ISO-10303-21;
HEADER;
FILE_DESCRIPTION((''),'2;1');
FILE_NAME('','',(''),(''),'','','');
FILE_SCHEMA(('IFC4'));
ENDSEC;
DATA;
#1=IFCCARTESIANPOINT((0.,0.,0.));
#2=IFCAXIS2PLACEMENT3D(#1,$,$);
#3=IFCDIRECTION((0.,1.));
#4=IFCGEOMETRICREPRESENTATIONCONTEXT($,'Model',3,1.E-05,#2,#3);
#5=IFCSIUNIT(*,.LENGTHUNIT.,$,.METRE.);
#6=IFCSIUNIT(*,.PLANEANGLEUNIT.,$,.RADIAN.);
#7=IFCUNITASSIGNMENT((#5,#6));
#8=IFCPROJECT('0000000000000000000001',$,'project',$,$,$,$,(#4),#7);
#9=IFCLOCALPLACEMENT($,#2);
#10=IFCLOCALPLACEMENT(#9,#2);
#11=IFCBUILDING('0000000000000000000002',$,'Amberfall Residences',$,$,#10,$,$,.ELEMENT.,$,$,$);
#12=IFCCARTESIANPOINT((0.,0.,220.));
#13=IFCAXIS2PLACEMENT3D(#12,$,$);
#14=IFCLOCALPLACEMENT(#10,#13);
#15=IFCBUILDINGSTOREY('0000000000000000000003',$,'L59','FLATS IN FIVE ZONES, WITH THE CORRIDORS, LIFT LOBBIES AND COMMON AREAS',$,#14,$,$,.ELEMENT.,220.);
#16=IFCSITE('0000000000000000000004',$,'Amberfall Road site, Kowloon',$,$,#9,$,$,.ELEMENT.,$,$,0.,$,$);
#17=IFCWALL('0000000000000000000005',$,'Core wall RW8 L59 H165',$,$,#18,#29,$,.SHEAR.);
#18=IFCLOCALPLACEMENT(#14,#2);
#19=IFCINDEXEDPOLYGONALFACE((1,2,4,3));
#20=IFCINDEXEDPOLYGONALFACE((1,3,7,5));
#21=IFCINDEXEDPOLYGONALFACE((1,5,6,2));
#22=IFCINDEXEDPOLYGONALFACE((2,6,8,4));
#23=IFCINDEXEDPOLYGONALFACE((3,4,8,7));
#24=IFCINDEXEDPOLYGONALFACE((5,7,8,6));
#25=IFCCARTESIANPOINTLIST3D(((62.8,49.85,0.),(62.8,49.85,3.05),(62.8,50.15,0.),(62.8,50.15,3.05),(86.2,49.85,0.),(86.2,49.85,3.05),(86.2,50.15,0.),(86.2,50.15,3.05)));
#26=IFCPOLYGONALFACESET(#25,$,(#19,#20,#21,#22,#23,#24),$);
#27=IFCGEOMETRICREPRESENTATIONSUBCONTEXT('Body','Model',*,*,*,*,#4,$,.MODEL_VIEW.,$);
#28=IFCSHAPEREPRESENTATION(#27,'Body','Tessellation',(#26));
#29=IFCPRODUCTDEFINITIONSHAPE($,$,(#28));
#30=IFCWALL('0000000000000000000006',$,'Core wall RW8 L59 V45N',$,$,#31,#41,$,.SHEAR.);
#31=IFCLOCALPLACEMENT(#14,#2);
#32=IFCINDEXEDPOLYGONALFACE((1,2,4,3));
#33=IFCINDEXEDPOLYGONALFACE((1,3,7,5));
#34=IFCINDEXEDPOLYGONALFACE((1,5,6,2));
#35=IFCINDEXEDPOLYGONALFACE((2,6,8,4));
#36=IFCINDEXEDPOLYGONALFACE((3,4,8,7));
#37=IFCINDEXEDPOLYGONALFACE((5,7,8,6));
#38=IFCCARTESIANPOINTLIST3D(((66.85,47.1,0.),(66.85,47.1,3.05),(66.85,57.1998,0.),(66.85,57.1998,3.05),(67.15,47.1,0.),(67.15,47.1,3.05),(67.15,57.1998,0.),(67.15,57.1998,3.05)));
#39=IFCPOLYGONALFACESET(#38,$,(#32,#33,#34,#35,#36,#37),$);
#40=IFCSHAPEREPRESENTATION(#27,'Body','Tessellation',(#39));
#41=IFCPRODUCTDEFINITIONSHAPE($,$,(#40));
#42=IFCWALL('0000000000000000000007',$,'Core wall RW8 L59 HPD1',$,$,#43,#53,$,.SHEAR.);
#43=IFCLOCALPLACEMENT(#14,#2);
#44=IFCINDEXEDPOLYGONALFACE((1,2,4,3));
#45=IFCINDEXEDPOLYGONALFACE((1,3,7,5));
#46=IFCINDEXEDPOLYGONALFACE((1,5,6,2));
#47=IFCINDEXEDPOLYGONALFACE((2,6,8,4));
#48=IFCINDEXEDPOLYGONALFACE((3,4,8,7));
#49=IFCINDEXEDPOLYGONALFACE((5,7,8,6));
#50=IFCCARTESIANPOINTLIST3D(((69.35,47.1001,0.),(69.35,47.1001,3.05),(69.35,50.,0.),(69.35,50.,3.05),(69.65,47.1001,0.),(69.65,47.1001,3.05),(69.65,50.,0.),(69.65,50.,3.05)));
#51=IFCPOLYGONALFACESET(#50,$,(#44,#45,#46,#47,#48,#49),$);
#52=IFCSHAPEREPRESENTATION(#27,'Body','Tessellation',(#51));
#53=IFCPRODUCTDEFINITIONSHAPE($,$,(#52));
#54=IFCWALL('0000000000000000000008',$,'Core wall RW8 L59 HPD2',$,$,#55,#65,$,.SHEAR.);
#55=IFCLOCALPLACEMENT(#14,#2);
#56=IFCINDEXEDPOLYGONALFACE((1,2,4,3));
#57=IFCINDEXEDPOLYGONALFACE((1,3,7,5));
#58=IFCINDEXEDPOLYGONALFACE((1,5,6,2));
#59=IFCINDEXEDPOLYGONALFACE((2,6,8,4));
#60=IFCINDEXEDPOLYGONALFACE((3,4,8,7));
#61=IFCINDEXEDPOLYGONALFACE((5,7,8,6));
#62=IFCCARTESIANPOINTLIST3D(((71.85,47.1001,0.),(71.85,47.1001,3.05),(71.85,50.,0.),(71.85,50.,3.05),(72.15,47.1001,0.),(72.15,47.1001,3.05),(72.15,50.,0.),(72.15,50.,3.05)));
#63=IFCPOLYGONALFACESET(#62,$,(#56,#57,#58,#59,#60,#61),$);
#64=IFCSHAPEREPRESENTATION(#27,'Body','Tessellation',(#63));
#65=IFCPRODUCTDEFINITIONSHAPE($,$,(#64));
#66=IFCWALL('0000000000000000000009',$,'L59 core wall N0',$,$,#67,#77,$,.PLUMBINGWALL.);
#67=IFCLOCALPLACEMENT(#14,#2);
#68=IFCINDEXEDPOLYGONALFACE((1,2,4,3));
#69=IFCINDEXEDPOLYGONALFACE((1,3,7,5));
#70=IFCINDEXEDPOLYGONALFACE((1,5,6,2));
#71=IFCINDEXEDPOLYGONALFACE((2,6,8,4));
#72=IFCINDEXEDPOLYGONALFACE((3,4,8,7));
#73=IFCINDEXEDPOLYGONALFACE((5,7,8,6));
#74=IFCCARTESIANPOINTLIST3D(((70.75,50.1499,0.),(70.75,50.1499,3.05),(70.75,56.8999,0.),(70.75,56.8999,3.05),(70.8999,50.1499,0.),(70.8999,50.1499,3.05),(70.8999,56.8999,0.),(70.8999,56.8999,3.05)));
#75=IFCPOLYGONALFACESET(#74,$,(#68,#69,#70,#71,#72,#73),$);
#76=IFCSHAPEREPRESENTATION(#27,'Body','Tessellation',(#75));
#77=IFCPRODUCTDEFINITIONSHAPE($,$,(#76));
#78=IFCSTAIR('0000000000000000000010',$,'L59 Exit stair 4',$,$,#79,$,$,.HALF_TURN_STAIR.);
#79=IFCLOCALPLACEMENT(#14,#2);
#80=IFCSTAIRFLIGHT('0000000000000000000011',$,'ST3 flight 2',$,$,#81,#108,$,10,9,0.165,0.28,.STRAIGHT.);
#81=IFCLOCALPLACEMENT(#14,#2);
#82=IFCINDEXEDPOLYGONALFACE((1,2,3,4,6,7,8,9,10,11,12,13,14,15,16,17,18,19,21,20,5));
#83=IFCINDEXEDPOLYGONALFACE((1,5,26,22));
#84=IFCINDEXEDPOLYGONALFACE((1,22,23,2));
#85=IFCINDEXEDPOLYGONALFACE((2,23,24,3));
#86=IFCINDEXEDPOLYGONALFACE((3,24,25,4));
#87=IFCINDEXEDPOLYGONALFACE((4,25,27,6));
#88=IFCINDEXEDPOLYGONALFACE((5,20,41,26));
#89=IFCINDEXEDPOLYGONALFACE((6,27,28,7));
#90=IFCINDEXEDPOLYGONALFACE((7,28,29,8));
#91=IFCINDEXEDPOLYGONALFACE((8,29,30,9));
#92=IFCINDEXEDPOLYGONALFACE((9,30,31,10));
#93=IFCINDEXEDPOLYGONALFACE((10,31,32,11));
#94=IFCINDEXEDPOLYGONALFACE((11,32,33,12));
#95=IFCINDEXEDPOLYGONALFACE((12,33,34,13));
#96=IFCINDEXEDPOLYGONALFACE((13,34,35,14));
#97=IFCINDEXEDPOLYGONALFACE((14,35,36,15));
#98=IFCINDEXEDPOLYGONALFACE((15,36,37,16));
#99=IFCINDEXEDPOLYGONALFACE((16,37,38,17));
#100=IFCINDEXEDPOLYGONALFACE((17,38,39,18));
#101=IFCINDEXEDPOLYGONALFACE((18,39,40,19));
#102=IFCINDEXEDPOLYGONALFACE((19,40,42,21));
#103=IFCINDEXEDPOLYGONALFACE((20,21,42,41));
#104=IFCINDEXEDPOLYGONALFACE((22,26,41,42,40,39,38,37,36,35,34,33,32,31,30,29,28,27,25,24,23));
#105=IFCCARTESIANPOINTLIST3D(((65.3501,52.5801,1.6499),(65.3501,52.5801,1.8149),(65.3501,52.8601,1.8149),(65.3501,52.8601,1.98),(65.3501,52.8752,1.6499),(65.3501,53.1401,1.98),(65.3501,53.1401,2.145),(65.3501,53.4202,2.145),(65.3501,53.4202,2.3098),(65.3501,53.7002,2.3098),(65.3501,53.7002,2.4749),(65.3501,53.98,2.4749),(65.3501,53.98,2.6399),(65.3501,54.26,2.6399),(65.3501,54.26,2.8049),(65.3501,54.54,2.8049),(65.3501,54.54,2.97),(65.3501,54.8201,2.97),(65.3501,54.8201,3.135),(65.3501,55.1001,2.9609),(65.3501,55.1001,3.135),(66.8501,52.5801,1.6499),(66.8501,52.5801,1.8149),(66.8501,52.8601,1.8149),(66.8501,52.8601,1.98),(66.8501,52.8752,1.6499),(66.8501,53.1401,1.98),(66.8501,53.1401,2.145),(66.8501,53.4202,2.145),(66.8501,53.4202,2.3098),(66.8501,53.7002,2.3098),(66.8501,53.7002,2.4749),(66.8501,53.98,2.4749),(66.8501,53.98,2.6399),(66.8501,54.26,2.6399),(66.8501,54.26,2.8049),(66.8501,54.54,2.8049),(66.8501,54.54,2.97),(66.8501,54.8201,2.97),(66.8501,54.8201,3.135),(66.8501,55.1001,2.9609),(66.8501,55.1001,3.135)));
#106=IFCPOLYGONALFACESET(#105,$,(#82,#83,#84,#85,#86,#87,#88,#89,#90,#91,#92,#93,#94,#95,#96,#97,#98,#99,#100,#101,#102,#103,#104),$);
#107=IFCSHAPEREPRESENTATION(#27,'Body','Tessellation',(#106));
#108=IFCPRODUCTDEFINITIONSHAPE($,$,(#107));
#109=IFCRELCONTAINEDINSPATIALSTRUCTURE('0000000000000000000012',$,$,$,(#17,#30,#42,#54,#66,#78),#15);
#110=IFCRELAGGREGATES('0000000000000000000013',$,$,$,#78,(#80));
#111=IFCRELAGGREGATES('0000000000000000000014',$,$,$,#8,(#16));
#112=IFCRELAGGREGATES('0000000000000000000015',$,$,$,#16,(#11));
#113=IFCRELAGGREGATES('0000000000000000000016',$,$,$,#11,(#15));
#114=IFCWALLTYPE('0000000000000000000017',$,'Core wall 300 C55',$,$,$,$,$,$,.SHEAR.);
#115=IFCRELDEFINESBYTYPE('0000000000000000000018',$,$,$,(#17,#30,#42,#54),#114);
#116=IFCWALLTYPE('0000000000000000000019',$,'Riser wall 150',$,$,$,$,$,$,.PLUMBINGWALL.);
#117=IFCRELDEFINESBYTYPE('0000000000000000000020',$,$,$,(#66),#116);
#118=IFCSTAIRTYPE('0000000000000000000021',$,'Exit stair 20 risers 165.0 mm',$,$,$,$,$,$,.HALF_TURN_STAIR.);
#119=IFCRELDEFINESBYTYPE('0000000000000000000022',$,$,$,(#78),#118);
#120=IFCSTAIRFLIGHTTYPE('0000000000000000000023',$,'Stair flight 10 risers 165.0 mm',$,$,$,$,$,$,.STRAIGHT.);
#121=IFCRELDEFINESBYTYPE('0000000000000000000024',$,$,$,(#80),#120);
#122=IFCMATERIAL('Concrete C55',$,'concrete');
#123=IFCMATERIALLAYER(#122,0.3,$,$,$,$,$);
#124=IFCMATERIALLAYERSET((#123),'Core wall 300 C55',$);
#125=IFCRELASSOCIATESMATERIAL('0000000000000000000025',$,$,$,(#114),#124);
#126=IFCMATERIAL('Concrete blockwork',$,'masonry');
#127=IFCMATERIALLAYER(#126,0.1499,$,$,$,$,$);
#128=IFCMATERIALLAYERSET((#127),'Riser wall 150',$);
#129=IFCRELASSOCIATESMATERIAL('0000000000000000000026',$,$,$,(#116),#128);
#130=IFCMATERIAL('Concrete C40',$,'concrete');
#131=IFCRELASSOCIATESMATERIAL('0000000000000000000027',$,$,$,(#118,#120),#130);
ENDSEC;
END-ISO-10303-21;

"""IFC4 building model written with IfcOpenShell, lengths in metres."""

from ifc_helpers import new_model, si_unit, direction, frame, frame_2d, origin, place, context, subcontext, project, spatial, polyline, rectangle, outline, extrude, material, layer, layer_set, type_object, element, aggregate, save


model = new_model("IFC4")

# Units and contexts
model_context = context("Model", 3, precision=1e-05, world=origin(), true_north=direction((0.0, 1.0)))
body_context = subcontext(model_context, "Body", "Model", "MODEL_VIEW")
ifc_project = project(units=[si_unit("LENGTHUNIT", "METRE"), si_unit("PLANEANGLEUNIT", "RADIAN")], contexts=[model_context])

# Site, building, storey
site_placement = place(None, origin())
site = spatial("IfcSite", under=ifc_project, at=site_placement, Name="Amberfall Road site, Kowloon", CompositionType="ELEMENT", RefElevation=0.0)
building_placement = place(site_placement, origin())
building = spatial("IfcBuilding", under=site, at=building_placement, Name="Amberfall Residences", CompositionType="ELEMENT")
storey_placement = place(building_placement, frame((0.0, 0.0, 220.0)))
storey = spatial("IfcBuildingStorey", under=building, at=storey_placement, Name="L59", Description="FLATS IN FIVE ZONES, WITH THE CORRIDORS, LIFT LOBBIES AND COMMON AREAS", CompositionType="ELEMENT", Elevation=220.0)

# Walls
ifc_material_1 = material(Name="Concrete C55", Category="concrete")
ifc_layer_1 = layer(ifc_material_1, 0.3)
ifc_layer_set_1 = layer_set([ifc_layer_1], Name="Core wall 300 C55")
wall_type_1 = type_object("IfcWallType", Name="Core wall 300 C55", PredefinedType="SHEAR", material=ifc_layer_set_1)
wall_1_placement = place(storey_placement, frame((62.8, 50.0, 0.0), z_axis=(0.0, 0.0, 1.0), x_axis=(1.0, 0.0, 0.0)))
element("IfcWall", 1, at=wall_1_placement, inside=storey, type_object=wall_type_1, Name="Core wall RW8 L59 H165", PredefinedType="SHEAR", context=body_context, shape_type="SweptSolid", body=[
    extrude(rectangle(XDim=23.3999, YDim=0.3, at=frame_2d((11.7, 0.0))), origin(), (0.0, 0.0, 1.0), 3.05),
])
wall_2_placement = place(storey_placement, frame((67.0, 47.1001, 0.0), z_axis=(0.0, 0.0, 1.0), x_axis=(0.0, 1.0, 0.0)))
element("IfcWall", 2, at=wall_2_placement, inside=storey, type_object=wall_type_1, Name="Core wall RW8 L59 V45N", PredefinedType="SHEAR", context=body_context, shape_type="SweptSolid", body=[
    extrude(rectangle(XDim=10.0999, YDim=0.3, at=frame_2d((5.0498, 0.0))), origin(), (0.0, 0.0, 1.0), 3.05),
])
for number, where, z_axis, x_axis, name in (
    (3, (69.5, 47.1001, 0.0), (0.0, 0.0, 1.0), (0.0, 1.0, 0.0), "Core wall RW8 L59 HPD1"),
    (4, (72.0, 47.1001, 0.0), (0.0, 0.0, 1.0), (0.0, 1.0, 0.0), "Core wall RW8 L59 HPD2"),
):
    element("IfcWall", number, at=place(storey_placement, frame(where, z_axis=z_axis, x_axis=x_axis)), inside=storey, type_object=wall_type_1, Name=name, PredefinedType="SHEAR", context=body_context, shape_type="SweptSolid", body=[
        extrude(rectangle(XDim=2.8999, YDim=0.3, at=frame_2d((1.45, 0.0))), origin(), (0.0, 0.0, 1.0), 3.05),
    ])
ifc_material_2 = material(Name="Concrete blockwork", Category="masonry")
ifc_layer_2 = layer(ifc_material_2, 0.1499)
ifc_layer_set_2 = layer_set([ifc_layer_2], Name="Riser wall 150")
wall_type_2 = type_object("IfcWallType", Name="Riser wall 150", PredefinedType="PLUMBINGWALL", material=ifc_layer_set_2)
wall_3_placement = place(storey_placement, frame((70.825, 50.1499, 0.0), z_axis=(0.0, 0.0, 1.0), x_axis=(0.0, 1.0, 0.0)))
element("IfcWall", 5, at=wall_3_placement, inside=storey, type_object=wall_type_2, Name="L59 core wall N0", PredefinedType="PLUMBINGWALL", context=body_context, shape_type="SweptSolid", body=[
    extrude(rectangle(XDim=6.75, YDim=0.1499, at=frame_2d((3.375, 0.0))), origin(), (0.0, 0.0, 1.0), 3.05),
])

# Stair, stair flight
ifc_material_3 = material(Name="Concrete C40", Category="concrete")
stair_type = type_object("IfcStairType", Name="Exit stair 20 risers 165.0 mm", PredefinedType="HALF_TURN_STAIR", material=ifc_material_3)
stair_placement = place(storey_placement, origin())
stair = element("IfcStair", 6, at=stair_placement, inside=storey, type_object=stair_type, Name="L59 Exit stair 4", PredefinedType="HALF_TURN_STAIR")
stair_flight_type = type_object("IfcStairFlightType", Name="Stair flight 10 risers 165.0 mm", PredefinedType="STRAIGHT", material=ifc_material_3)
stair_flight_placement = place(storey_placement, frame((66.1001, 52.5801, 1.6499), z_axis=(0.0, 0.0, 1.0), x_axis=(0.0, 1.0, 0.0)))
stair_flight = element("IfcStairFlight", 7, at=stair_flight_placement, type_object=stair_flight_type, Name="ST3 flight 2", NumberOfRisers=10, NumberOfTreads=9, PredefinedType="STRAIGHT", RiserHeight=0.165, TreadLength=0.28, context=body_context, shape_type="SweptSolid", body=[
    extrude(outline(polyline([(0.0, 0.0), (0.0, 0.165), (0.28, 0.165), (0.28, 0.3301), (0.5601, 0.3301), (0.5601, 0.4951), (0.8401, 0.4951), (0.8401, 0.6599), (1.1201, 0.6599), (1.1201, 0.825), (1.3999, 0.825), (1.3999, 0.99), (1.6799, 0.99), (1.6799, 1.155), (1.96, 1.155), (1.96, 1.3201), (2.24, 1.3201), (2.24, 1.4851), (2.52, 1.4851), (2.52, 1.6499), (2.52, 1.311), (0.2952, 0.0), (0.0, 0.0)])), frame((0.0, 0.75, 0.0), z_axis=(0.0, -1.0, 0.0), x_axis=(1.0, 0.0, 0.0)), (0.0, 0.0, 1.0), 1.5),
])
aggregate(stair, [stair_flight])

save(model, "model.ifc")
